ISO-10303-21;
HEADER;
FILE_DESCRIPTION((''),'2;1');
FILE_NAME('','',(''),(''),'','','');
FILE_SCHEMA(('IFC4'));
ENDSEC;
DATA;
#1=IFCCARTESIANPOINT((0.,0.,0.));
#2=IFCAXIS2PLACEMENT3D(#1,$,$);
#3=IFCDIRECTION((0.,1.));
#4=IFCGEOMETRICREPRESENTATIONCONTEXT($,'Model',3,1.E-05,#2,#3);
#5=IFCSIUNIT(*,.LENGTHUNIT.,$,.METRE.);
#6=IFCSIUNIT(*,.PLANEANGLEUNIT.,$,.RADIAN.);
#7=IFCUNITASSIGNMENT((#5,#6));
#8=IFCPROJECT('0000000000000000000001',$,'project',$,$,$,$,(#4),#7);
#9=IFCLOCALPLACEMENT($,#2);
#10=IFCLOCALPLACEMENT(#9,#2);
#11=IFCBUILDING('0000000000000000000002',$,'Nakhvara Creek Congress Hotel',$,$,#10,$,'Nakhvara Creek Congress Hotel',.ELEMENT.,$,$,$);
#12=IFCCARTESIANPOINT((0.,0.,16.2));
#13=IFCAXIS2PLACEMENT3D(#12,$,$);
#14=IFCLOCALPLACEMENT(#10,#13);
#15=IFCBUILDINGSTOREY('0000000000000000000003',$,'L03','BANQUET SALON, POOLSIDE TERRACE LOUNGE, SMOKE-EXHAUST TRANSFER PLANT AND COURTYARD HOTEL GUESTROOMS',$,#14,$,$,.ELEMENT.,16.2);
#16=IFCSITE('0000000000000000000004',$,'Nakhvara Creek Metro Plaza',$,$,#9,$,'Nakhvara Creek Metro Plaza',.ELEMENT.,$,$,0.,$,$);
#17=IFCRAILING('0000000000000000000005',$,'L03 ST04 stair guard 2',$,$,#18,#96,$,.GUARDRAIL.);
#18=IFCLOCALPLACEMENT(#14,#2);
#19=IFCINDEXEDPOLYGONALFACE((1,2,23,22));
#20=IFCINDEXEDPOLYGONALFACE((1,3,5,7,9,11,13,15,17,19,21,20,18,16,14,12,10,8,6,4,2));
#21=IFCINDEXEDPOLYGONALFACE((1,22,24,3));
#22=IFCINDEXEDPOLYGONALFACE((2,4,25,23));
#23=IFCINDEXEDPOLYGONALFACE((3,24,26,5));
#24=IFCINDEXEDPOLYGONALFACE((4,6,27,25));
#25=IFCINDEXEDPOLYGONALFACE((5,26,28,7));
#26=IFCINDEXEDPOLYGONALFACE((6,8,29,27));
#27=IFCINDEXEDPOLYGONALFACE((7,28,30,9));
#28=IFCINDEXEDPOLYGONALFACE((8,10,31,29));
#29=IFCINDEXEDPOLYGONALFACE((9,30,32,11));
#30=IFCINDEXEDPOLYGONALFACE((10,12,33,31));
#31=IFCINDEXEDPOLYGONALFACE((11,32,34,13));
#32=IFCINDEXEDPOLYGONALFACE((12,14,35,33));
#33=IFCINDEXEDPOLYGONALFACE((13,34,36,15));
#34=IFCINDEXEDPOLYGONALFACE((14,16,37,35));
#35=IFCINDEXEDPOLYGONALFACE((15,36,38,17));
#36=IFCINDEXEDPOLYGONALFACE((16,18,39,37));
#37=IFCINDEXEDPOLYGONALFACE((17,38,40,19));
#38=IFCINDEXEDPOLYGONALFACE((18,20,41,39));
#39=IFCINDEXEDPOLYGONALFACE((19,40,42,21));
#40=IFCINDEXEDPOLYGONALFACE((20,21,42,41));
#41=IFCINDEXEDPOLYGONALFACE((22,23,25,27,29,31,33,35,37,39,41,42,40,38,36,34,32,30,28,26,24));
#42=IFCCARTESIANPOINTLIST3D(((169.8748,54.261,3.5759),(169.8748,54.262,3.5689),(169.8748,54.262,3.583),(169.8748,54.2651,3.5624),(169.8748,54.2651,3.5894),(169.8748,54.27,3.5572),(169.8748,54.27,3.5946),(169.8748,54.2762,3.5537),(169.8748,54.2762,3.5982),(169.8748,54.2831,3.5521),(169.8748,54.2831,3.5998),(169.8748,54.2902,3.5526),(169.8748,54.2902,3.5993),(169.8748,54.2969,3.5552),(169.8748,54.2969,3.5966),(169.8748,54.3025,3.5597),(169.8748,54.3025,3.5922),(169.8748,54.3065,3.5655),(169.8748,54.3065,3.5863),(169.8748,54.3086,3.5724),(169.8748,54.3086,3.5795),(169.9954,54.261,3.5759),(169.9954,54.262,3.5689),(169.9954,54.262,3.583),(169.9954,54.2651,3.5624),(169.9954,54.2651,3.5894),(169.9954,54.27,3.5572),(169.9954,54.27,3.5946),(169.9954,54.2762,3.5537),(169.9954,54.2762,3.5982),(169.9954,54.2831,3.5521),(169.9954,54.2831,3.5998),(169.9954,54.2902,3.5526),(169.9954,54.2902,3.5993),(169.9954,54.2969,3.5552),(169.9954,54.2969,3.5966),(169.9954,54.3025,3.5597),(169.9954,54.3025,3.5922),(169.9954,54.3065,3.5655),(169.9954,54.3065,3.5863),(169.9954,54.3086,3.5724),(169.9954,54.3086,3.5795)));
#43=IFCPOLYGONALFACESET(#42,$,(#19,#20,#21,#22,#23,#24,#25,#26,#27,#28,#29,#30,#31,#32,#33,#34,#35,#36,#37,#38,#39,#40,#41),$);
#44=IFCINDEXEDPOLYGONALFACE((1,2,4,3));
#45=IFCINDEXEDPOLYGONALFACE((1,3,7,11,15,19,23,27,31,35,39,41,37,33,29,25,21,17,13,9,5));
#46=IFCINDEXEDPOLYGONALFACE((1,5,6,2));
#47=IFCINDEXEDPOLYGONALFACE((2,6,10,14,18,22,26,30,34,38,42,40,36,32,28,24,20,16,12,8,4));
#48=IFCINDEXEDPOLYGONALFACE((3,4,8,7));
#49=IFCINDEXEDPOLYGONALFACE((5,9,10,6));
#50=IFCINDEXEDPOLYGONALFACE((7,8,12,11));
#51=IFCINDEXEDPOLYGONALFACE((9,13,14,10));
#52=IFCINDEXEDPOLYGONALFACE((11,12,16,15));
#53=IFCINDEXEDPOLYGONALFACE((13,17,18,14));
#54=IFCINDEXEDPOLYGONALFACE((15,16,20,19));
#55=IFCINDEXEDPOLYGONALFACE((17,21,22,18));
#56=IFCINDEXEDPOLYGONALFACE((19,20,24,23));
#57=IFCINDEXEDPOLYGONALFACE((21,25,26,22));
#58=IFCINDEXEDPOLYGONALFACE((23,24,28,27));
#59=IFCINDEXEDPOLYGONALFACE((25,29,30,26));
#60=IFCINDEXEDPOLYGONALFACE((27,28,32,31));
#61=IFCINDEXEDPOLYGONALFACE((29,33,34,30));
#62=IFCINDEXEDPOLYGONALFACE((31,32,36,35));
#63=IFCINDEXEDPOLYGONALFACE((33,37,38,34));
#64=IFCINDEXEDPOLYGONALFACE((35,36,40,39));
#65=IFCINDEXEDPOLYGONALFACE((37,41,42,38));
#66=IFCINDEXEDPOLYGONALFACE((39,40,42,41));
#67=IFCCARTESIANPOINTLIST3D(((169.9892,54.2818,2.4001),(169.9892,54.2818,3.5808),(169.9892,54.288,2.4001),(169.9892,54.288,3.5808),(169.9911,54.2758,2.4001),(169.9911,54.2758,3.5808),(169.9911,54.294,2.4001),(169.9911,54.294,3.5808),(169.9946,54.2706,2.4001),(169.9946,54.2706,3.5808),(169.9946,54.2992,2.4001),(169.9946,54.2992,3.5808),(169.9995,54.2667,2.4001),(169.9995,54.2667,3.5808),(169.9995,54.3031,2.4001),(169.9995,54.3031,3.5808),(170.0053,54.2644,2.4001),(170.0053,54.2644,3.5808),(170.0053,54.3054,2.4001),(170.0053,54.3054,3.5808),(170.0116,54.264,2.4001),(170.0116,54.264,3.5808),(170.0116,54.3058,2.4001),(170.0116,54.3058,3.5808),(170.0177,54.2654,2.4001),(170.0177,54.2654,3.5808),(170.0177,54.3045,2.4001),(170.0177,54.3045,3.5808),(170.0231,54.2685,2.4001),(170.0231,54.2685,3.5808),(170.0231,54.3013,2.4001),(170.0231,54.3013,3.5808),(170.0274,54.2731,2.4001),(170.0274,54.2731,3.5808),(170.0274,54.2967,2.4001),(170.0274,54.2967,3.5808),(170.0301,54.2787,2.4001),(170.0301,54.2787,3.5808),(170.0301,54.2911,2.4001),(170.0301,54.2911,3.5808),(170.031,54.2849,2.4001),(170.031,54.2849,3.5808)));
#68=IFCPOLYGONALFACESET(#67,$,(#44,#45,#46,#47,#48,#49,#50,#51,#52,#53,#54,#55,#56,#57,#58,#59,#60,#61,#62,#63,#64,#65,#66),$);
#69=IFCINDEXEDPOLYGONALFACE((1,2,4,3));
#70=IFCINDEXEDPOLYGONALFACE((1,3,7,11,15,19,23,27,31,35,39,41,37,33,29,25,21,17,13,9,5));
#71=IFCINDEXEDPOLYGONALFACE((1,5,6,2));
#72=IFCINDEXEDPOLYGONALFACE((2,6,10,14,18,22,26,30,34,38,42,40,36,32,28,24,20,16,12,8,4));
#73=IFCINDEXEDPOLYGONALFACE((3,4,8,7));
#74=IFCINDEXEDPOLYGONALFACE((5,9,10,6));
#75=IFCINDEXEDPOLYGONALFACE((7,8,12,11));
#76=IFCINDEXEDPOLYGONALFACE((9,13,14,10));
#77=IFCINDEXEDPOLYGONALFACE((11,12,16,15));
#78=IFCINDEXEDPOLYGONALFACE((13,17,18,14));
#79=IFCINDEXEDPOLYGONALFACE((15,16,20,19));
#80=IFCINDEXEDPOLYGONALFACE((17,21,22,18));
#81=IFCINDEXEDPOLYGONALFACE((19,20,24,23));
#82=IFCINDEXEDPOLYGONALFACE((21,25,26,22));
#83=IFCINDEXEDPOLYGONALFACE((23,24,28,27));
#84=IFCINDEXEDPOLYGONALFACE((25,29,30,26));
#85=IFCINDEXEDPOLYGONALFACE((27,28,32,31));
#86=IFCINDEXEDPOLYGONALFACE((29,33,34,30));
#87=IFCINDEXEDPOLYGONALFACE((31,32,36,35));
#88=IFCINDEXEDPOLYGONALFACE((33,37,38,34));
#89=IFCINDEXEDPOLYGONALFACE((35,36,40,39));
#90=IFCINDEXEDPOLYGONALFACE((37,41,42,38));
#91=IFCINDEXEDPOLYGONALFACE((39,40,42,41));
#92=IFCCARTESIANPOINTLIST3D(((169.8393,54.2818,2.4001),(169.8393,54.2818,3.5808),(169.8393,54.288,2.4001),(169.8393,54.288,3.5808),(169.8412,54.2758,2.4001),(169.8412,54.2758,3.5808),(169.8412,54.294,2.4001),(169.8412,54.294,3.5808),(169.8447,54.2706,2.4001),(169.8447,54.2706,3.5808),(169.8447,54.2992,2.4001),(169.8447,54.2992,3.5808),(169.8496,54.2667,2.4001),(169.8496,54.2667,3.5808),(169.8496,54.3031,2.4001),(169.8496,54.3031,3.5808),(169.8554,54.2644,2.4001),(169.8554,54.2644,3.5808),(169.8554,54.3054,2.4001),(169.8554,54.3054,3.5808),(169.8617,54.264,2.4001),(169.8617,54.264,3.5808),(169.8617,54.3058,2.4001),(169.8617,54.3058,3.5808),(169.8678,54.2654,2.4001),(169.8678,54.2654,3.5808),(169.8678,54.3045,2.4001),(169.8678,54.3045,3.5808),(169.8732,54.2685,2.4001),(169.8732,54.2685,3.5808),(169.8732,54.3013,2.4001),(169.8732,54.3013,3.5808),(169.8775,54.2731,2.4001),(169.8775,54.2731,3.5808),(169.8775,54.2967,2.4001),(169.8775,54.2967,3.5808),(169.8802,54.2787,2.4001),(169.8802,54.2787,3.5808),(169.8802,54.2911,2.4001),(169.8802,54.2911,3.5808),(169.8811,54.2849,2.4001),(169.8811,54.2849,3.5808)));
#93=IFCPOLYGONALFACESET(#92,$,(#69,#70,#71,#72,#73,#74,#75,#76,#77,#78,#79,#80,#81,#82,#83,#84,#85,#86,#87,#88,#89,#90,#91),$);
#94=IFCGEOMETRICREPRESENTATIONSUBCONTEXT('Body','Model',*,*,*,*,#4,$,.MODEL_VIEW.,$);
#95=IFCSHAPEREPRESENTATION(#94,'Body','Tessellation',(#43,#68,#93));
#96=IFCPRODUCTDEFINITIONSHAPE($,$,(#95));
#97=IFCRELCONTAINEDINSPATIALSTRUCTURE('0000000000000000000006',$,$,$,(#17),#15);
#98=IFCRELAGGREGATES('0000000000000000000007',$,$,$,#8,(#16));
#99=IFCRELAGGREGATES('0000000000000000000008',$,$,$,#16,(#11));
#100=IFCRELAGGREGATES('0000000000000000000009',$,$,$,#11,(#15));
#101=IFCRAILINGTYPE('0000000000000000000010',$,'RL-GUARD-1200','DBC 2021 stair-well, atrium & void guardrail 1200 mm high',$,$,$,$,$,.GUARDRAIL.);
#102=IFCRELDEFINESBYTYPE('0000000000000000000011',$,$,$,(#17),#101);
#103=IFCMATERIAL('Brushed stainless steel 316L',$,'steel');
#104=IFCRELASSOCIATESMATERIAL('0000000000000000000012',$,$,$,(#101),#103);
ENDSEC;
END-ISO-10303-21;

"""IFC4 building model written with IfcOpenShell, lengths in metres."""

from ifc_helpers import new_model, si_unit, direction, frame, origin, origin_2d, place, context, subcontext, project, spatial, circle, extrude, material, type_object, element, save


model = new_model("IFC4")

# Units and contexts
model_context = context("Model", 3, precision=1e-05, world=origin(), true_north=direction((0.0, 1.0)))
body_context = subcontext(model_context, "Body", "Model", "MODEL_VIEW")
ifc_project = project(units=[si_unit("LENGTHUNIT", "METRE"), si_unit("PLANEANGLEUNIT", "RADIAN")], contexts=[model_context])

# Site, building, storey
site_placement = place(None, origin())
site = spatial("IfcSite", under=ifc_project, at=site_placement, Name="Nakhvara Creek Metro Plaza", LongName="Nakhvara Creek Metro Plaza", CompositionType="ELEMENT", RefElevation=0.0)
building_placement = place(site_placement, origin())
building = spatial("IfcBuilding", under=site, at=building_placement, Name="Nakhvara Creek Congress Hotel", LongName="Nakhvara Creek Congress Hotel", CompositionType="ELEMENT")
storey_placement = place(building_placement, frame((0.0, 0.0, 16.2)))
storey = spatial("IfcBuildingStorey", under=building, at=storey_placement, Name="L03", Description="BANQUET SALON, POOLSIDE TERRACE LOUNGE, SMOKE-EXHAUST TRANSFER PLANT AND COURTYARD HOTEL GUESTROOMS", CompositionType="ELEMENT", Elevation=16.2)

# Railing
ifc_material_1 = material(Name="Brushed stainless steel 316L", Category="steel")
railing_type_1 = type_object("IfcRailingType", Name="RL-GUARD-1200", Description="DBC 2021 stair-well, atrium & void guardrail 1200 mm high", PredefinedType="GUARDRAIL", material=ifc_material_1)
railing_1_placement = place(storey_placement, frame((170.01, 54.2849, 2.4001)))
element("IfcRailing", 1, at=railing_1_placement, inside=storey, type_object=railing_type_1, Name="L03 ST04 stair guard 2", PredefinedType="GUARDRAIL", context=body_context, shape_type="SweptSolid", body=[
    extrude(circle(Radius=0.0239, at=origin_2d()), frame((-0.0146, 0.0, 1.1758), z_axis=(-1.0, 0.0, 0.0), x_axis=(0.0, -1.0, 0.0)), (0.0, 0.0, 1.0), 0.1206),
    extrude(circle(Radius=0.021, at=origin_2d()), origin(), (0.0, 0.0, 1.0), 1.1807),
    extrude(circle(Radius=0.021, at=origin_2d()), frame((-0.1499, 0.0, 0.0)), (0.0, 0.0, 1.0), 1.1807),
])

save(model, "model.ifc")
